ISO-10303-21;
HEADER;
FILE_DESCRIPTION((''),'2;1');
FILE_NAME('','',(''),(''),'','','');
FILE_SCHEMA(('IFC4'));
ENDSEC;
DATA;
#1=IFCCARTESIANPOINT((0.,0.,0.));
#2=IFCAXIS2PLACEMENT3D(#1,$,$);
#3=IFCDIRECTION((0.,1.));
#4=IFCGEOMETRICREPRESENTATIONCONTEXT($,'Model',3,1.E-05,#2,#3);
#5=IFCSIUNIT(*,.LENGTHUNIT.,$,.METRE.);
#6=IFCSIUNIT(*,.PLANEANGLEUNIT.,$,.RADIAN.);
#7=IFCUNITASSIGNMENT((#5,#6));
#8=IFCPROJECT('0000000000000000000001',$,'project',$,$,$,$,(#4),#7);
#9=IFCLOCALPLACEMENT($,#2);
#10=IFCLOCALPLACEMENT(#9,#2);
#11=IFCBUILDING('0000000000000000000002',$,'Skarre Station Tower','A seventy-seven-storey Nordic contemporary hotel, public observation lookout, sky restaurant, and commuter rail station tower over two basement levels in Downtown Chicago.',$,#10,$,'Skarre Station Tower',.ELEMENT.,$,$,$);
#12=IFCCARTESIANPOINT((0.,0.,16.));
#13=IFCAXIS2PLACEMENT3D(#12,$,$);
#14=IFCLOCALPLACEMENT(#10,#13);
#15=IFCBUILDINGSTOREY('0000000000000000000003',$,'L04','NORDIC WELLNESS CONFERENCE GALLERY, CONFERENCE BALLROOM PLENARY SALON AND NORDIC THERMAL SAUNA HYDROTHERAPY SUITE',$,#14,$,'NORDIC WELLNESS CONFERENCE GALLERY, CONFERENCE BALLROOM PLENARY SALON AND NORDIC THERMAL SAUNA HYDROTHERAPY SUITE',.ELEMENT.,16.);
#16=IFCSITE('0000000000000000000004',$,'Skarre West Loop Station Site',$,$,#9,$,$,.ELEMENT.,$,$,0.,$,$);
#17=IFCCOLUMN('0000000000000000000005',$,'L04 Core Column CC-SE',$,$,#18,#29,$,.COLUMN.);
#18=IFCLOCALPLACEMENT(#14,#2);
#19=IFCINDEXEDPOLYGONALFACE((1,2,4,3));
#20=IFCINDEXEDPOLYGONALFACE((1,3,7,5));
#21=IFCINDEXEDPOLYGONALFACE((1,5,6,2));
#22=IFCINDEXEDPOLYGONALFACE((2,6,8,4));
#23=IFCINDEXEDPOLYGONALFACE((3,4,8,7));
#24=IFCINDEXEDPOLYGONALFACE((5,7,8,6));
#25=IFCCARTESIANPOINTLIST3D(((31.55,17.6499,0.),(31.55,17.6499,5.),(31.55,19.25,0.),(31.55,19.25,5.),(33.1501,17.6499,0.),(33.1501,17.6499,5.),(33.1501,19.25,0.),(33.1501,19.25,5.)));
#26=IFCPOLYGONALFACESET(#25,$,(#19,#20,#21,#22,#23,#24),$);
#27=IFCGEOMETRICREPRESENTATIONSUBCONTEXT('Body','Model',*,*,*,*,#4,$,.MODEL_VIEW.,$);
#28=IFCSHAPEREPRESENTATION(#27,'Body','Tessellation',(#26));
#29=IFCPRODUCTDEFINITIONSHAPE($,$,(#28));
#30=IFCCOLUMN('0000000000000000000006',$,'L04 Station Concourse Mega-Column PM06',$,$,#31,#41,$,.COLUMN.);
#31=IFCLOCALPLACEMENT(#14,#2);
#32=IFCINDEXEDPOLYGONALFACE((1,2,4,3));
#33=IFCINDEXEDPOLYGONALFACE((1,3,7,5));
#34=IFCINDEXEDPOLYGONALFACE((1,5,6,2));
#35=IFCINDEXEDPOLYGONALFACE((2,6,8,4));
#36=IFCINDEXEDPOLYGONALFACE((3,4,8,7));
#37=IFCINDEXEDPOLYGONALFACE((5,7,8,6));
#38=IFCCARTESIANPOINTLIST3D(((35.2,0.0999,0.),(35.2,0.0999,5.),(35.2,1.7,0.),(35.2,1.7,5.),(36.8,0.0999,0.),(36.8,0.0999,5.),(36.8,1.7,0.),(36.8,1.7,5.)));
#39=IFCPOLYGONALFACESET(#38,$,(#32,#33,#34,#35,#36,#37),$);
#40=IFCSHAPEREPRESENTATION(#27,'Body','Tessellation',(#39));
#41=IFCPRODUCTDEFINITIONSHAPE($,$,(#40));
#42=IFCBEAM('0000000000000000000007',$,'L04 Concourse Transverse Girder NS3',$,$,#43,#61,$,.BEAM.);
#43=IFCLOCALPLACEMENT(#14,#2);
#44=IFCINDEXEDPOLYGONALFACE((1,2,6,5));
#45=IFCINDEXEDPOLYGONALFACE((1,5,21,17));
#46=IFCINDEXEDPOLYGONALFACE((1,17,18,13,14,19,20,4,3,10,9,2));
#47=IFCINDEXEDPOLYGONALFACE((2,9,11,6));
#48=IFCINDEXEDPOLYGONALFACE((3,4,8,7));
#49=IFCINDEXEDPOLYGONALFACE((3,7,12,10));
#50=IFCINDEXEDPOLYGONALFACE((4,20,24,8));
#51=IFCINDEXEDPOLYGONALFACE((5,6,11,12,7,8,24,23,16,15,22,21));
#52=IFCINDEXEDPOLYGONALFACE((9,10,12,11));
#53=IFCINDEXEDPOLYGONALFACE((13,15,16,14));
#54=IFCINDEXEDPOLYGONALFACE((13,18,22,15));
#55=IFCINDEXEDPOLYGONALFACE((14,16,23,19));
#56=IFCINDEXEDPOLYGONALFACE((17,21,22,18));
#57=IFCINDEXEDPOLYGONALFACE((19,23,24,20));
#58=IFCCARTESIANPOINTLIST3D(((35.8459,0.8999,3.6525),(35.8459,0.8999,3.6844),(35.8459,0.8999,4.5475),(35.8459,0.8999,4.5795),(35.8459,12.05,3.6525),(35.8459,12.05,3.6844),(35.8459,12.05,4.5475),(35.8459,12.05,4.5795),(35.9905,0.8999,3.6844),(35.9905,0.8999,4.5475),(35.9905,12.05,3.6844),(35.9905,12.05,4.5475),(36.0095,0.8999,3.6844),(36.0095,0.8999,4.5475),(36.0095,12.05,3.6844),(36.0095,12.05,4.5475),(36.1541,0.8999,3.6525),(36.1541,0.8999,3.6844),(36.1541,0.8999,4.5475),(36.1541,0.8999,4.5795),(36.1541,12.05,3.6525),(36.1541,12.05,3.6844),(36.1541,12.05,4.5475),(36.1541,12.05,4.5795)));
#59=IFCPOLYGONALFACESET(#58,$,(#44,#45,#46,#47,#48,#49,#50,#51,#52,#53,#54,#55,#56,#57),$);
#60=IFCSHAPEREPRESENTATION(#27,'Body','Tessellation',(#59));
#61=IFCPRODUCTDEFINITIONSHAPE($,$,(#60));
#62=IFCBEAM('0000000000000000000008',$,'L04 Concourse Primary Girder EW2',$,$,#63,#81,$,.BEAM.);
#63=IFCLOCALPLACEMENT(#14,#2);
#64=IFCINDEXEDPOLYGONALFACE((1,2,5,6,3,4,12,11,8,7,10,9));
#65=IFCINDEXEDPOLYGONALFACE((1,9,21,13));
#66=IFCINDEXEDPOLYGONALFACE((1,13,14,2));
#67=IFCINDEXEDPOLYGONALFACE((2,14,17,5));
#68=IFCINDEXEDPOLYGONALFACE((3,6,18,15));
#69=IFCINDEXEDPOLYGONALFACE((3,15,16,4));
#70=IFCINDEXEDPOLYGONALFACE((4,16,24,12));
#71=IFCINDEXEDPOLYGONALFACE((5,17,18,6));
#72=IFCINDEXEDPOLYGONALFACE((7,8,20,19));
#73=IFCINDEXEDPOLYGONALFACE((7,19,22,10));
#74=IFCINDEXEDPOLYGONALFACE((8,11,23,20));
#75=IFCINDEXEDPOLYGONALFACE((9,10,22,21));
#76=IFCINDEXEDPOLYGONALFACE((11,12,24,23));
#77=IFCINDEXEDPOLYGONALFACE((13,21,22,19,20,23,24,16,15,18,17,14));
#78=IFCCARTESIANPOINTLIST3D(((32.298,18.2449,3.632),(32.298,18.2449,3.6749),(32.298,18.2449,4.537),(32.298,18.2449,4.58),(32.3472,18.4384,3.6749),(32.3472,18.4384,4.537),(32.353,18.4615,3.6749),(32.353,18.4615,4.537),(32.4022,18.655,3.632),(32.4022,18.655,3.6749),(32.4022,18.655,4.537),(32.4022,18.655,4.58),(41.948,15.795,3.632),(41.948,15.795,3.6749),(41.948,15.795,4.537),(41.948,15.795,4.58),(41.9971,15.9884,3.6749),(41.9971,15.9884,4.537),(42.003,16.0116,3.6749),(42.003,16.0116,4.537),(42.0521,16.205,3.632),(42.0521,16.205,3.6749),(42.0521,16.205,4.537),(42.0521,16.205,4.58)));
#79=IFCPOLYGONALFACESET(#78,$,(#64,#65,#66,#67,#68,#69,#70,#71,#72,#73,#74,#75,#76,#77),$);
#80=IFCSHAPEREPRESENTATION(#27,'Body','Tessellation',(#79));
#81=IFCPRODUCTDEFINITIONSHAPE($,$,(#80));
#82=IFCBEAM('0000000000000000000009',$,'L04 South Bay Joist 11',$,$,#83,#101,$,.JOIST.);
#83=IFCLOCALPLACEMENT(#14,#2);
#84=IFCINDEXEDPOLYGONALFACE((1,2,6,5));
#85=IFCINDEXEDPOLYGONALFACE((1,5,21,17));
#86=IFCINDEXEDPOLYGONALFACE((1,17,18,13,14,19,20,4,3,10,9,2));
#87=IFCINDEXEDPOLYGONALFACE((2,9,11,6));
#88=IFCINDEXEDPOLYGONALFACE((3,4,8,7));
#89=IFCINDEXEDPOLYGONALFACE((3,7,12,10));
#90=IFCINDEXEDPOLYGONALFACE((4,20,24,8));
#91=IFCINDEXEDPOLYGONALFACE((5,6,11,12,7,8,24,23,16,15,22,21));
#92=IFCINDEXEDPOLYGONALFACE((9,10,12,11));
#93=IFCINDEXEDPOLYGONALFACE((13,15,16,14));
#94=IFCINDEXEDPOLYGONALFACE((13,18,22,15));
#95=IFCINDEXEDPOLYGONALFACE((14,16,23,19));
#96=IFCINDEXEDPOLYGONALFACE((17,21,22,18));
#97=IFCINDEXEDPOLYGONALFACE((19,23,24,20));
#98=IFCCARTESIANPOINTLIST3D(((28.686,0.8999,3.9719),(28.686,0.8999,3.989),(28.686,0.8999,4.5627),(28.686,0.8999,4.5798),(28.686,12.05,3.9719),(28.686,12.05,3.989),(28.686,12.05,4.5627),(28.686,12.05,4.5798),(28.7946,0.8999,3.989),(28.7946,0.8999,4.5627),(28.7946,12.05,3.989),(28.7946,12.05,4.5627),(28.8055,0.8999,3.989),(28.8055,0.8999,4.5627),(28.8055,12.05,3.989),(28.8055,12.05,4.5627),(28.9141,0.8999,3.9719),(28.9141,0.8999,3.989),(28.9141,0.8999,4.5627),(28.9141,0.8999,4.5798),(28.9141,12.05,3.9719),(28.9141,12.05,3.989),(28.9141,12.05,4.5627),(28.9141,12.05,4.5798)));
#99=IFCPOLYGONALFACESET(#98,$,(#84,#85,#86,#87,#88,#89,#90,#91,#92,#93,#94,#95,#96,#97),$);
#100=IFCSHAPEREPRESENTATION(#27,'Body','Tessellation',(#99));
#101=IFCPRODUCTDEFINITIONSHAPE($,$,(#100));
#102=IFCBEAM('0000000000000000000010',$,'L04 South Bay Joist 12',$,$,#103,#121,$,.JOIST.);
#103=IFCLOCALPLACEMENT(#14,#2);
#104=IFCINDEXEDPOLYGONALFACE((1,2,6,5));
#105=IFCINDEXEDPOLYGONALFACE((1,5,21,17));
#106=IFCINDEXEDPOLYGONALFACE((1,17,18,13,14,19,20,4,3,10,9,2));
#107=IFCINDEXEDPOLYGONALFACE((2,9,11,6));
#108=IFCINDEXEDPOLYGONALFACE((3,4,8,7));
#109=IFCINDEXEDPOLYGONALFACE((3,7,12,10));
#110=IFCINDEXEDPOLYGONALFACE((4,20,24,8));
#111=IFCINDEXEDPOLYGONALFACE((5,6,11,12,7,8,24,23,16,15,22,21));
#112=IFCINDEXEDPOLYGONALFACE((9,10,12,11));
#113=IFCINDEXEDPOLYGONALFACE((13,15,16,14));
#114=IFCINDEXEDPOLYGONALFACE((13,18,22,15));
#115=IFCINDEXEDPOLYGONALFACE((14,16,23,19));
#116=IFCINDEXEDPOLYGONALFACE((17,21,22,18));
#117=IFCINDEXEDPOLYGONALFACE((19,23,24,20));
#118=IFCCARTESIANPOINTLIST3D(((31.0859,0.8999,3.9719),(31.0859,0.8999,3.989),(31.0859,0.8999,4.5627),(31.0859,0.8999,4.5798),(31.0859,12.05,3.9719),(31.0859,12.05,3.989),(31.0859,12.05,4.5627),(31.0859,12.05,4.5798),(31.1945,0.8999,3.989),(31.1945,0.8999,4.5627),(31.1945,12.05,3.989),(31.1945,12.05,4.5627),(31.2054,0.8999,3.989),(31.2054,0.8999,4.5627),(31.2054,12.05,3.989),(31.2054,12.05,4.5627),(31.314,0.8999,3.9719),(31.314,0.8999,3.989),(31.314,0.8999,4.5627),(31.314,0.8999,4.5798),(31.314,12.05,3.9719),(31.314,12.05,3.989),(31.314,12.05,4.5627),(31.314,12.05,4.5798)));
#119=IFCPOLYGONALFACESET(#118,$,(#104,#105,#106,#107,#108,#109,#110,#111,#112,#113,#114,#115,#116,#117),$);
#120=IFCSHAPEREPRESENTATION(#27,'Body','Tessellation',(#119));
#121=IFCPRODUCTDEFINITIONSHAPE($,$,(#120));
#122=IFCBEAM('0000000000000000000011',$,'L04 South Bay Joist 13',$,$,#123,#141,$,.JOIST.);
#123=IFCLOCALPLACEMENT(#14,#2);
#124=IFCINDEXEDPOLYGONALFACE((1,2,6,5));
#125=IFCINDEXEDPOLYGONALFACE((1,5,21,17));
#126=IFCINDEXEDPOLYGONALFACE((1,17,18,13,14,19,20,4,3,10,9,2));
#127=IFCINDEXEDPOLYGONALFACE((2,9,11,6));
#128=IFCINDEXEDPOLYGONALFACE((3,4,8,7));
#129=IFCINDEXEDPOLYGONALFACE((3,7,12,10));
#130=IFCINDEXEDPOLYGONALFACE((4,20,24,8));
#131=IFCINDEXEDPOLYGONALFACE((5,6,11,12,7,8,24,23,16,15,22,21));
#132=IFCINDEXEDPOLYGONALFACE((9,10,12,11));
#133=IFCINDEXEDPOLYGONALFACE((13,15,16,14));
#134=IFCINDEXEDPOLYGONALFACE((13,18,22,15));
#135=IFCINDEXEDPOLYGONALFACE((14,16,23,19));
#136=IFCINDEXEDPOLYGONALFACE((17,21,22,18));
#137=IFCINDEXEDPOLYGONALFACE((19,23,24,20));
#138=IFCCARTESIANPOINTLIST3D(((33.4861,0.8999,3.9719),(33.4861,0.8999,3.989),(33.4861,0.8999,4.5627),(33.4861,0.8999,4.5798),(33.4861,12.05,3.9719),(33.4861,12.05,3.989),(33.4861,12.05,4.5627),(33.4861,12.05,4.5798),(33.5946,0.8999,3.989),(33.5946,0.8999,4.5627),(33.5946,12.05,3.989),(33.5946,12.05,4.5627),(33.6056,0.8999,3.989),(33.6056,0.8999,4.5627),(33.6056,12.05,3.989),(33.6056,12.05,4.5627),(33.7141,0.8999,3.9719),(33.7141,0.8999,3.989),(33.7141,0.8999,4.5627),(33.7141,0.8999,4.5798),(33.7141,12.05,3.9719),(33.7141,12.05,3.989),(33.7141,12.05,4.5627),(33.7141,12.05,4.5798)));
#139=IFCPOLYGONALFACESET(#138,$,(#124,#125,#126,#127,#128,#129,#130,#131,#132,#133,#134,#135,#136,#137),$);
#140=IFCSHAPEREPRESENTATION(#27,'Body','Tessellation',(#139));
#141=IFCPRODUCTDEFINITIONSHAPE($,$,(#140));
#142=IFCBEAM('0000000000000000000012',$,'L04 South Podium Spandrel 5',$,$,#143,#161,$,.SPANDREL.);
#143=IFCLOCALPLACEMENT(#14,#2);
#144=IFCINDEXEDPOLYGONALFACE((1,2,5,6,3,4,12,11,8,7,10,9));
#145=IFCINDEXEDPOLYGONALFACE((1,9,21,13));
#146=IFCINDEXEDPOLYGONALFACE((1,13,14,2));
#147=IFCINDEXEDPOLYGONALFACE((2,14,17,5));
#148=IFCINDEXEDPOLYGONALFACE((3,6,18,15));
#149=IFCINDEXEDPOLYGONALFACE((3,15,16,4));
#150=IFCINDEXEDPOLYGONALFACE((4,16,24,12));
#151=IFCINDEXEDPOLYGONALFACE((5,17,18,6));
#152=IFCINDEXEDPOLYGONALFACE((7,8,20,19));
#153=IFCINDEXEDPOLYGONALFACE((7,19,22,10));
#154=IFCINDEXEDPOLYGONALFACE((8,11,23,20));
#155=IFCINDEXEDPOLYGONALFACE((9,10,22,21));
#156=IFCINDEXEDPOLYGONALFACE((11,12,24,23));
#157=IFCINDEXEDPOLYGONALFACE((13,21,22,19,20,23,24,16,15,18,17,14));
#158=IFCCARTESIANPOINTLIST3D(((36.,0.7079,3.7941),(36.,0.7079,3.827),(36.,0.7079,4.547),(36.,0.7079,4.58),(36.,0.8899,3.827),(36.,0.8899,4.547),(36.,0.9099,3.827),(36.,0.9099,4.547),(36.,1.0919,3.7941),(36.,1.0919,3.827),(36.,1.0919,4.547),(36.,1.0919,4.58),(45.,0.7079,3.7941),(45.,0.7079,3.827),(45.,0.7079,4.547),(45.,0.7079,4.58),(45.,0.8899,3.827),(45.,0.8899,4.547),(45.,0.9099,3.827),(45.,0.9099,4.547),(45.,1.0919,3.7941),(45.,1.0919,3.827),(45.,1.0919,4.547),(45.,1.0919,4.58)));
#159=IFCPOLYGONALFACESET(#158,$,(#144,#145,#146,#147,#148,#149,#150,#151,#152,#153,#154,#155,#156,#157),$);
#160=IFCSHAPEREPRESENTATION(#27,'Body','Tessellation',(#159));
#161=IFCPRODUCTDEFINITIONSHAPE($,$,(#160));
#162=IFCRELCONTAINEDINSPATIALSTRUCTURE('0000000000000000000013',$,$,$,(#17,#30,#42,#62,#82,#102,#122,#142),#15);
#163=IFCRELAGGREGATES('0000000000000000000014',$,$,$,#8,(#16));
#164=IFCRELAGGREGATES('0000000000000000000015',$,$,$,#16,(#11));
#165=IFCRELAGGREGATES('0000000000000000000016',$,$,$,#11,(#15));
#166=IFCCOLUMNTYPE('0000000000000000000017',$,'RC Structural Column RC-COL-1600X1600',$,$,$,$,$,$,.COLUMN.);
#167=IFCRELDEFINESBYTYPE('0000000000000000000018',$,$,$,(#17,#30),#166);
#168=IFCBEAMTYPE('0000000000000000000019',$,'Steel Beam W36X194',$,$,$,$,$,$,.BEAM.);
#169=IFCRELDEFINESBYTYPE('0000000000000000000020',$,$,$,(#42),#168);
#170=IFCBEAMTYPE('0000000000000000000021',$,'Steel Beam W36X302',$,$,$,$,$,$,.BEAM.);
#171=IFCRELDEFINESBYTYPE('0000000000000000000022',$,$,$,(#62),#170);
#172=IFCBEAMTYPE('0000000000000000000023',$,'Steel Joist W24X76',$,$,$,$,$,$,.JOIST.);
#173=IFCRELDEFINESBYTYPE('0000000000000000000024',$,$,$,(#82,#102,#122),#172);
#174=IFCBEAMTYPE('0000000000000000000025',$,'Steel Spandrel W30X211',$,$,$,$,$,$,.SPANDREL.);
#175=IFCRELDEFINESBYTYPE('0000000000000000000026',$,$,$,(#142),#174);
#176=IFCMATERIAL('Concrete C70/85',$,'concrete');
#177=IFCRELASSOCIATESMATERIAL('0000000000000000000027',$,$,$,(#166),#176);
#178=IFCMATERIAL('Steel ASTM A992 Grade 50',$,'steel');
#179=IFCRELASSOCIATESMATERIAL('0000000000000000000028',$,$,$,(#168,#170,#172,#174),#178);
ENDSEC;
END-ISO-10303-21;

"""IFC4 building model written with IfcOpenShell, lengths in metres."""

from ifc_helpers import new_model, si_unit, direction, frame, origin, origin_2d, place, context, subcontext, project, spatial, rectangle, i_section, extrude, material, material_profile, profile_set, type_object, element, save


model = new_model("IFC4")

# Units and contexts
model_context = context("Model", 3, precision=1e-05, world=origin(), true_north=direction((0.0, 1.0)))
body_context = subcontext(model_context, "Body", "Model", "MODEL_VIEW")
ifc_project = project(units=[si_unit("LENGTHUNIT", "METRE"), si_unit("PLANEANGLEUNIT", "RADIAN")], contexts=[model_context])

# Site, building, storey
site_placement = place(None, origin())
site = spatial("IfcSite", under=ifc_project, at=site_placement, Name="Skarre West Loop Station Site", CompositionType="ELEMENT", RefElevation=0.0)
building_placement = place(site_placement, origin())
building = spatial("IfcBuilding", under=site, at=building_placement, Name="Skarre Station Tower", Description="A seventy-seven-storey Nordic contemporary hotel, public observation lookout, sky restaurant, and commuter rail station tower over two basement levels in Downtown Chicago.", LongName="Skarre Station Tower", CompositionType="ELEMENT")
storey_placement = place(building_placement, frame((0.0, 0.0, 16.0)))
storey = spatial("IfcBuildingStorey", under=building, at=storey_placement, Name="L04", Description="NORDIC WELLNESS CONFERENCE GALLERY, CONFERENCE BALLROOM PLENARY SALON AND NORDIC THERMAL SAUNA HYDROTHERAPY SUITE", LongName="NORDIC WELLNESS CONFERENCE GALLERY, CONFERENCE BALLROOM PLENARY SALON AND NORDIC THERMAL SAUNA HYDROTHERAPY SUITE", CompositionType="ELEMENT", Elevation=16.0)

# Columns
ifc_material_1 = material(Name="Concrete C70/85", Category="concrete")
ifc_material_profile_1 = material_profile(ifc_material_1, rectangle(XDim=1.6001, YDim=1.6001, at=origin_2d()), Name="Concrete C70/85")
ifc_profile_set_1 = profile_set([ifc_material_profile_1], Name="Concrete C70/85")
column_type = type_object("IfcColumnType", Name="RC Structural Column RC-COL-1600X1600", PredefinedType="COLUMN", material=ifc_profile_set_1)
for number, where, z_axis, x_axis, name in (
    (1, (32.3501, 18.45, 0.0), (0.0, 0.0, 1.0), (1.0, 0.0, 0.0), "L04 Core Column CC-SE"),
    (2, (36.0, 0.8999, 0.0), (0.0, 0.0, 1.0), (1.0, 0.0, 0.0), "L04 Station Concourse Mega-Column PM06"),
):
    element("IfcColumn", number, at=place(storey_placement, frame(where, z_axis=z_axis, x_axis=x_axis)), inside=storey, type_object=column_type, Name=name, PredefinedType="COLUMN", context=body_context, shape_type="SweptSolid", body=[
        extrude(rectangle(XDim=1.6001, YDim=1.6001, at=origin_2d()), origin(), (0.0, 0.0, 1.0), 5.0),
    ])

# Beams
ifc_material_2 = material(Name="Steel ASTM A992 Grade 50", Category="steel")
ifc_material_profile_2 = material_profile(ifc_material_2, i_section(OverallWidth=0.3081, OverallDepth=0.927, WebThickness=0.019, FlangeThickness=0.032, at=origin_2d()), Name="Steel ASTM A992 Grade 50")
ifc_profile_set_2 = profile_set([ifc_material_profile_2], Name="Steel ASTM A992 Grade 50")
beam_type_1 = type_object("IfcBeamType", Name="Steel Beam W36X194", PredefinedType="BEAM", material=ifc_profile_set_2)
beam_1_placement = place(storey_placement, frame((36.0, 0.8999, 4.116), z_axis=(0.0, 1.0, 0.0), x_axis=(-1.0, 0.0, 0.0)))
element("IfcBeam", 3, at=beam_1_placement, inside=storey, type_object=beam_type_1, Name="L04 Concourse Transverse Girder NS3", PredefinedType="BEAM", context=body_context, shape_type="SweptSolid", body=[
    extrude(i_section(OverallWidth=0.3081, OverallDepth=0.927, WebThickness=0.019, FlangeThickness=0.032, at=origin_2d()), origin(), (0.0, 0.0, 1.0), 11.1501),
])
ifc_material_profile_3 = material_profile(ifc_material_2, i_section(OverallWidth=0.4231, OverallDepth=0.948, WebThickness=0.0239, FlangeThickness=0.043, at=origin_2d()), Name="Steel ASTM A992 Grade 50")
ifc_profile_set_3 = profile_set([ifc_material_profile_3], Name="Steel ASTM A992 Grade 50")
beam_type_2 = type_object("IfcBeamType", Name="Steel Beam W36X302", PredefinedType="BEAM", material=ifc_profile_set_3)
beam_2_placement = place(storey_placement, frame((32.3501, 18.45, 4.106), z_axis=(0.96925, -0.246077, 0.0), x_axis=(0.246077, 0.96925, 0.0)))
element("IfcBeam", 4, at=beam_2_placement, inside=storey, type_object=beam_type_2, Name="L04 Concourse Primary Girder EW2", PredefinedType="BEAM", context=body_context, shape_type="SweptSolid", body=[
    extrude(i_section(OverallWidth=0.4231, OverallDepth=0.948, WebThickness=0.0239, FlangeThickness=0.043, at=origin_2d()), origin(), (0.0, 0.0, 1.0), 9.9561),
])
ifc_material_profile_4 = material_profile(ifc_material_2, i_section(OverallWidth=0.228, OverallDepth=0.6079, WebThickness=0.011, FlangeThickness=0.0171, at=origin_2d()), Name="Steel ASTM A992 Grade 50")
ifc_profile_set_4 = profile_set([ifc_material_profile_4], Name="Steel ASTM A992 Grade 50")
beam_type_3 = type_object("IfcBeamType", Name="Steel Joist W24X76", PredefinedType="JOIST", material=ifc_profile_set_4)
for number, where, z_axis, x_axis, name in (
    (5, (28.8, 0.8999, 4.2759), (0.0, 1.0, 0.0), (-1.0, 0.0, 0.0), "L04 South Bay Joist 11"),
    (6, (31.2, 0.8999, 4.2759), (0.0, 1.0, 0.0), (-1.0, 0.0, 0.0), "L04 South Bay Joist 12"),
    (7, (33.6001, 0.8999, 4.2759), (0.0, 1.0, 0.0), (-1.0, 0.0, 0.0), "L04 South Bay Joist 13"),
):
    element("IfcBeam", number, at=place(storey_placement, frame(where, z_axis=z_axis, x_axis=x_axis)), inside=storey, type_object=beam_type_3, Name=name, PredefinedType="JOIST", context=body_context, shape_type="SweptSolid", body=[
        extrude(i_section(OverallWidth=0.228, OverallDepth=0.6079, WebThickness=0.011, FlangeThickness=0.0171, at=origin_2d()), origin(), (0.0, 0.0, 1.0), 11.1501),
    ])
ifc_material_profile_5 = material_profile(ifc_material_2, i_section(OverallWidth=0.384, OverallDepth=0.7859, WebThickness=0.02, FlangeThickness=0.033, at=origin_2d()), Name="Steel ASTM A992 Grade 50")
ifc_profile_set_5 = profile_set([ifc_material_profile_5], Name="Steel ASTM A992 Grade 50")
beam_type_4 = type_object("IfcBeamType", Name="Steel Spandrel W30X211", PredefinedType="SPANDREL", material=ifc_profile_set_5)
beam_3_placement = place(storey_placement, frame((36.0, 0.8999, 4.187), z_axis=(1.0, 0.0, 0.0), x_axis=(0.0, 1.0, 0.0)))
element("IfcBeam", 8, at=beam_3_placement, inside=storey, type_object=beam_type_4, Name="L04 South Podium Spandrel 5", PredefinedType="SPANDREL", context=body_context, shape_type="SweptSolid", body=[
    extrude(i_section(OverallWidth=0.384, OverallDepth=0.7859, WebThickness=0.02, FlangeThickness=0.033, at=origin_2d()), origin(), (0.0, 0.0, 1.0), 9.0),
])

save(model, "model.ifc")
